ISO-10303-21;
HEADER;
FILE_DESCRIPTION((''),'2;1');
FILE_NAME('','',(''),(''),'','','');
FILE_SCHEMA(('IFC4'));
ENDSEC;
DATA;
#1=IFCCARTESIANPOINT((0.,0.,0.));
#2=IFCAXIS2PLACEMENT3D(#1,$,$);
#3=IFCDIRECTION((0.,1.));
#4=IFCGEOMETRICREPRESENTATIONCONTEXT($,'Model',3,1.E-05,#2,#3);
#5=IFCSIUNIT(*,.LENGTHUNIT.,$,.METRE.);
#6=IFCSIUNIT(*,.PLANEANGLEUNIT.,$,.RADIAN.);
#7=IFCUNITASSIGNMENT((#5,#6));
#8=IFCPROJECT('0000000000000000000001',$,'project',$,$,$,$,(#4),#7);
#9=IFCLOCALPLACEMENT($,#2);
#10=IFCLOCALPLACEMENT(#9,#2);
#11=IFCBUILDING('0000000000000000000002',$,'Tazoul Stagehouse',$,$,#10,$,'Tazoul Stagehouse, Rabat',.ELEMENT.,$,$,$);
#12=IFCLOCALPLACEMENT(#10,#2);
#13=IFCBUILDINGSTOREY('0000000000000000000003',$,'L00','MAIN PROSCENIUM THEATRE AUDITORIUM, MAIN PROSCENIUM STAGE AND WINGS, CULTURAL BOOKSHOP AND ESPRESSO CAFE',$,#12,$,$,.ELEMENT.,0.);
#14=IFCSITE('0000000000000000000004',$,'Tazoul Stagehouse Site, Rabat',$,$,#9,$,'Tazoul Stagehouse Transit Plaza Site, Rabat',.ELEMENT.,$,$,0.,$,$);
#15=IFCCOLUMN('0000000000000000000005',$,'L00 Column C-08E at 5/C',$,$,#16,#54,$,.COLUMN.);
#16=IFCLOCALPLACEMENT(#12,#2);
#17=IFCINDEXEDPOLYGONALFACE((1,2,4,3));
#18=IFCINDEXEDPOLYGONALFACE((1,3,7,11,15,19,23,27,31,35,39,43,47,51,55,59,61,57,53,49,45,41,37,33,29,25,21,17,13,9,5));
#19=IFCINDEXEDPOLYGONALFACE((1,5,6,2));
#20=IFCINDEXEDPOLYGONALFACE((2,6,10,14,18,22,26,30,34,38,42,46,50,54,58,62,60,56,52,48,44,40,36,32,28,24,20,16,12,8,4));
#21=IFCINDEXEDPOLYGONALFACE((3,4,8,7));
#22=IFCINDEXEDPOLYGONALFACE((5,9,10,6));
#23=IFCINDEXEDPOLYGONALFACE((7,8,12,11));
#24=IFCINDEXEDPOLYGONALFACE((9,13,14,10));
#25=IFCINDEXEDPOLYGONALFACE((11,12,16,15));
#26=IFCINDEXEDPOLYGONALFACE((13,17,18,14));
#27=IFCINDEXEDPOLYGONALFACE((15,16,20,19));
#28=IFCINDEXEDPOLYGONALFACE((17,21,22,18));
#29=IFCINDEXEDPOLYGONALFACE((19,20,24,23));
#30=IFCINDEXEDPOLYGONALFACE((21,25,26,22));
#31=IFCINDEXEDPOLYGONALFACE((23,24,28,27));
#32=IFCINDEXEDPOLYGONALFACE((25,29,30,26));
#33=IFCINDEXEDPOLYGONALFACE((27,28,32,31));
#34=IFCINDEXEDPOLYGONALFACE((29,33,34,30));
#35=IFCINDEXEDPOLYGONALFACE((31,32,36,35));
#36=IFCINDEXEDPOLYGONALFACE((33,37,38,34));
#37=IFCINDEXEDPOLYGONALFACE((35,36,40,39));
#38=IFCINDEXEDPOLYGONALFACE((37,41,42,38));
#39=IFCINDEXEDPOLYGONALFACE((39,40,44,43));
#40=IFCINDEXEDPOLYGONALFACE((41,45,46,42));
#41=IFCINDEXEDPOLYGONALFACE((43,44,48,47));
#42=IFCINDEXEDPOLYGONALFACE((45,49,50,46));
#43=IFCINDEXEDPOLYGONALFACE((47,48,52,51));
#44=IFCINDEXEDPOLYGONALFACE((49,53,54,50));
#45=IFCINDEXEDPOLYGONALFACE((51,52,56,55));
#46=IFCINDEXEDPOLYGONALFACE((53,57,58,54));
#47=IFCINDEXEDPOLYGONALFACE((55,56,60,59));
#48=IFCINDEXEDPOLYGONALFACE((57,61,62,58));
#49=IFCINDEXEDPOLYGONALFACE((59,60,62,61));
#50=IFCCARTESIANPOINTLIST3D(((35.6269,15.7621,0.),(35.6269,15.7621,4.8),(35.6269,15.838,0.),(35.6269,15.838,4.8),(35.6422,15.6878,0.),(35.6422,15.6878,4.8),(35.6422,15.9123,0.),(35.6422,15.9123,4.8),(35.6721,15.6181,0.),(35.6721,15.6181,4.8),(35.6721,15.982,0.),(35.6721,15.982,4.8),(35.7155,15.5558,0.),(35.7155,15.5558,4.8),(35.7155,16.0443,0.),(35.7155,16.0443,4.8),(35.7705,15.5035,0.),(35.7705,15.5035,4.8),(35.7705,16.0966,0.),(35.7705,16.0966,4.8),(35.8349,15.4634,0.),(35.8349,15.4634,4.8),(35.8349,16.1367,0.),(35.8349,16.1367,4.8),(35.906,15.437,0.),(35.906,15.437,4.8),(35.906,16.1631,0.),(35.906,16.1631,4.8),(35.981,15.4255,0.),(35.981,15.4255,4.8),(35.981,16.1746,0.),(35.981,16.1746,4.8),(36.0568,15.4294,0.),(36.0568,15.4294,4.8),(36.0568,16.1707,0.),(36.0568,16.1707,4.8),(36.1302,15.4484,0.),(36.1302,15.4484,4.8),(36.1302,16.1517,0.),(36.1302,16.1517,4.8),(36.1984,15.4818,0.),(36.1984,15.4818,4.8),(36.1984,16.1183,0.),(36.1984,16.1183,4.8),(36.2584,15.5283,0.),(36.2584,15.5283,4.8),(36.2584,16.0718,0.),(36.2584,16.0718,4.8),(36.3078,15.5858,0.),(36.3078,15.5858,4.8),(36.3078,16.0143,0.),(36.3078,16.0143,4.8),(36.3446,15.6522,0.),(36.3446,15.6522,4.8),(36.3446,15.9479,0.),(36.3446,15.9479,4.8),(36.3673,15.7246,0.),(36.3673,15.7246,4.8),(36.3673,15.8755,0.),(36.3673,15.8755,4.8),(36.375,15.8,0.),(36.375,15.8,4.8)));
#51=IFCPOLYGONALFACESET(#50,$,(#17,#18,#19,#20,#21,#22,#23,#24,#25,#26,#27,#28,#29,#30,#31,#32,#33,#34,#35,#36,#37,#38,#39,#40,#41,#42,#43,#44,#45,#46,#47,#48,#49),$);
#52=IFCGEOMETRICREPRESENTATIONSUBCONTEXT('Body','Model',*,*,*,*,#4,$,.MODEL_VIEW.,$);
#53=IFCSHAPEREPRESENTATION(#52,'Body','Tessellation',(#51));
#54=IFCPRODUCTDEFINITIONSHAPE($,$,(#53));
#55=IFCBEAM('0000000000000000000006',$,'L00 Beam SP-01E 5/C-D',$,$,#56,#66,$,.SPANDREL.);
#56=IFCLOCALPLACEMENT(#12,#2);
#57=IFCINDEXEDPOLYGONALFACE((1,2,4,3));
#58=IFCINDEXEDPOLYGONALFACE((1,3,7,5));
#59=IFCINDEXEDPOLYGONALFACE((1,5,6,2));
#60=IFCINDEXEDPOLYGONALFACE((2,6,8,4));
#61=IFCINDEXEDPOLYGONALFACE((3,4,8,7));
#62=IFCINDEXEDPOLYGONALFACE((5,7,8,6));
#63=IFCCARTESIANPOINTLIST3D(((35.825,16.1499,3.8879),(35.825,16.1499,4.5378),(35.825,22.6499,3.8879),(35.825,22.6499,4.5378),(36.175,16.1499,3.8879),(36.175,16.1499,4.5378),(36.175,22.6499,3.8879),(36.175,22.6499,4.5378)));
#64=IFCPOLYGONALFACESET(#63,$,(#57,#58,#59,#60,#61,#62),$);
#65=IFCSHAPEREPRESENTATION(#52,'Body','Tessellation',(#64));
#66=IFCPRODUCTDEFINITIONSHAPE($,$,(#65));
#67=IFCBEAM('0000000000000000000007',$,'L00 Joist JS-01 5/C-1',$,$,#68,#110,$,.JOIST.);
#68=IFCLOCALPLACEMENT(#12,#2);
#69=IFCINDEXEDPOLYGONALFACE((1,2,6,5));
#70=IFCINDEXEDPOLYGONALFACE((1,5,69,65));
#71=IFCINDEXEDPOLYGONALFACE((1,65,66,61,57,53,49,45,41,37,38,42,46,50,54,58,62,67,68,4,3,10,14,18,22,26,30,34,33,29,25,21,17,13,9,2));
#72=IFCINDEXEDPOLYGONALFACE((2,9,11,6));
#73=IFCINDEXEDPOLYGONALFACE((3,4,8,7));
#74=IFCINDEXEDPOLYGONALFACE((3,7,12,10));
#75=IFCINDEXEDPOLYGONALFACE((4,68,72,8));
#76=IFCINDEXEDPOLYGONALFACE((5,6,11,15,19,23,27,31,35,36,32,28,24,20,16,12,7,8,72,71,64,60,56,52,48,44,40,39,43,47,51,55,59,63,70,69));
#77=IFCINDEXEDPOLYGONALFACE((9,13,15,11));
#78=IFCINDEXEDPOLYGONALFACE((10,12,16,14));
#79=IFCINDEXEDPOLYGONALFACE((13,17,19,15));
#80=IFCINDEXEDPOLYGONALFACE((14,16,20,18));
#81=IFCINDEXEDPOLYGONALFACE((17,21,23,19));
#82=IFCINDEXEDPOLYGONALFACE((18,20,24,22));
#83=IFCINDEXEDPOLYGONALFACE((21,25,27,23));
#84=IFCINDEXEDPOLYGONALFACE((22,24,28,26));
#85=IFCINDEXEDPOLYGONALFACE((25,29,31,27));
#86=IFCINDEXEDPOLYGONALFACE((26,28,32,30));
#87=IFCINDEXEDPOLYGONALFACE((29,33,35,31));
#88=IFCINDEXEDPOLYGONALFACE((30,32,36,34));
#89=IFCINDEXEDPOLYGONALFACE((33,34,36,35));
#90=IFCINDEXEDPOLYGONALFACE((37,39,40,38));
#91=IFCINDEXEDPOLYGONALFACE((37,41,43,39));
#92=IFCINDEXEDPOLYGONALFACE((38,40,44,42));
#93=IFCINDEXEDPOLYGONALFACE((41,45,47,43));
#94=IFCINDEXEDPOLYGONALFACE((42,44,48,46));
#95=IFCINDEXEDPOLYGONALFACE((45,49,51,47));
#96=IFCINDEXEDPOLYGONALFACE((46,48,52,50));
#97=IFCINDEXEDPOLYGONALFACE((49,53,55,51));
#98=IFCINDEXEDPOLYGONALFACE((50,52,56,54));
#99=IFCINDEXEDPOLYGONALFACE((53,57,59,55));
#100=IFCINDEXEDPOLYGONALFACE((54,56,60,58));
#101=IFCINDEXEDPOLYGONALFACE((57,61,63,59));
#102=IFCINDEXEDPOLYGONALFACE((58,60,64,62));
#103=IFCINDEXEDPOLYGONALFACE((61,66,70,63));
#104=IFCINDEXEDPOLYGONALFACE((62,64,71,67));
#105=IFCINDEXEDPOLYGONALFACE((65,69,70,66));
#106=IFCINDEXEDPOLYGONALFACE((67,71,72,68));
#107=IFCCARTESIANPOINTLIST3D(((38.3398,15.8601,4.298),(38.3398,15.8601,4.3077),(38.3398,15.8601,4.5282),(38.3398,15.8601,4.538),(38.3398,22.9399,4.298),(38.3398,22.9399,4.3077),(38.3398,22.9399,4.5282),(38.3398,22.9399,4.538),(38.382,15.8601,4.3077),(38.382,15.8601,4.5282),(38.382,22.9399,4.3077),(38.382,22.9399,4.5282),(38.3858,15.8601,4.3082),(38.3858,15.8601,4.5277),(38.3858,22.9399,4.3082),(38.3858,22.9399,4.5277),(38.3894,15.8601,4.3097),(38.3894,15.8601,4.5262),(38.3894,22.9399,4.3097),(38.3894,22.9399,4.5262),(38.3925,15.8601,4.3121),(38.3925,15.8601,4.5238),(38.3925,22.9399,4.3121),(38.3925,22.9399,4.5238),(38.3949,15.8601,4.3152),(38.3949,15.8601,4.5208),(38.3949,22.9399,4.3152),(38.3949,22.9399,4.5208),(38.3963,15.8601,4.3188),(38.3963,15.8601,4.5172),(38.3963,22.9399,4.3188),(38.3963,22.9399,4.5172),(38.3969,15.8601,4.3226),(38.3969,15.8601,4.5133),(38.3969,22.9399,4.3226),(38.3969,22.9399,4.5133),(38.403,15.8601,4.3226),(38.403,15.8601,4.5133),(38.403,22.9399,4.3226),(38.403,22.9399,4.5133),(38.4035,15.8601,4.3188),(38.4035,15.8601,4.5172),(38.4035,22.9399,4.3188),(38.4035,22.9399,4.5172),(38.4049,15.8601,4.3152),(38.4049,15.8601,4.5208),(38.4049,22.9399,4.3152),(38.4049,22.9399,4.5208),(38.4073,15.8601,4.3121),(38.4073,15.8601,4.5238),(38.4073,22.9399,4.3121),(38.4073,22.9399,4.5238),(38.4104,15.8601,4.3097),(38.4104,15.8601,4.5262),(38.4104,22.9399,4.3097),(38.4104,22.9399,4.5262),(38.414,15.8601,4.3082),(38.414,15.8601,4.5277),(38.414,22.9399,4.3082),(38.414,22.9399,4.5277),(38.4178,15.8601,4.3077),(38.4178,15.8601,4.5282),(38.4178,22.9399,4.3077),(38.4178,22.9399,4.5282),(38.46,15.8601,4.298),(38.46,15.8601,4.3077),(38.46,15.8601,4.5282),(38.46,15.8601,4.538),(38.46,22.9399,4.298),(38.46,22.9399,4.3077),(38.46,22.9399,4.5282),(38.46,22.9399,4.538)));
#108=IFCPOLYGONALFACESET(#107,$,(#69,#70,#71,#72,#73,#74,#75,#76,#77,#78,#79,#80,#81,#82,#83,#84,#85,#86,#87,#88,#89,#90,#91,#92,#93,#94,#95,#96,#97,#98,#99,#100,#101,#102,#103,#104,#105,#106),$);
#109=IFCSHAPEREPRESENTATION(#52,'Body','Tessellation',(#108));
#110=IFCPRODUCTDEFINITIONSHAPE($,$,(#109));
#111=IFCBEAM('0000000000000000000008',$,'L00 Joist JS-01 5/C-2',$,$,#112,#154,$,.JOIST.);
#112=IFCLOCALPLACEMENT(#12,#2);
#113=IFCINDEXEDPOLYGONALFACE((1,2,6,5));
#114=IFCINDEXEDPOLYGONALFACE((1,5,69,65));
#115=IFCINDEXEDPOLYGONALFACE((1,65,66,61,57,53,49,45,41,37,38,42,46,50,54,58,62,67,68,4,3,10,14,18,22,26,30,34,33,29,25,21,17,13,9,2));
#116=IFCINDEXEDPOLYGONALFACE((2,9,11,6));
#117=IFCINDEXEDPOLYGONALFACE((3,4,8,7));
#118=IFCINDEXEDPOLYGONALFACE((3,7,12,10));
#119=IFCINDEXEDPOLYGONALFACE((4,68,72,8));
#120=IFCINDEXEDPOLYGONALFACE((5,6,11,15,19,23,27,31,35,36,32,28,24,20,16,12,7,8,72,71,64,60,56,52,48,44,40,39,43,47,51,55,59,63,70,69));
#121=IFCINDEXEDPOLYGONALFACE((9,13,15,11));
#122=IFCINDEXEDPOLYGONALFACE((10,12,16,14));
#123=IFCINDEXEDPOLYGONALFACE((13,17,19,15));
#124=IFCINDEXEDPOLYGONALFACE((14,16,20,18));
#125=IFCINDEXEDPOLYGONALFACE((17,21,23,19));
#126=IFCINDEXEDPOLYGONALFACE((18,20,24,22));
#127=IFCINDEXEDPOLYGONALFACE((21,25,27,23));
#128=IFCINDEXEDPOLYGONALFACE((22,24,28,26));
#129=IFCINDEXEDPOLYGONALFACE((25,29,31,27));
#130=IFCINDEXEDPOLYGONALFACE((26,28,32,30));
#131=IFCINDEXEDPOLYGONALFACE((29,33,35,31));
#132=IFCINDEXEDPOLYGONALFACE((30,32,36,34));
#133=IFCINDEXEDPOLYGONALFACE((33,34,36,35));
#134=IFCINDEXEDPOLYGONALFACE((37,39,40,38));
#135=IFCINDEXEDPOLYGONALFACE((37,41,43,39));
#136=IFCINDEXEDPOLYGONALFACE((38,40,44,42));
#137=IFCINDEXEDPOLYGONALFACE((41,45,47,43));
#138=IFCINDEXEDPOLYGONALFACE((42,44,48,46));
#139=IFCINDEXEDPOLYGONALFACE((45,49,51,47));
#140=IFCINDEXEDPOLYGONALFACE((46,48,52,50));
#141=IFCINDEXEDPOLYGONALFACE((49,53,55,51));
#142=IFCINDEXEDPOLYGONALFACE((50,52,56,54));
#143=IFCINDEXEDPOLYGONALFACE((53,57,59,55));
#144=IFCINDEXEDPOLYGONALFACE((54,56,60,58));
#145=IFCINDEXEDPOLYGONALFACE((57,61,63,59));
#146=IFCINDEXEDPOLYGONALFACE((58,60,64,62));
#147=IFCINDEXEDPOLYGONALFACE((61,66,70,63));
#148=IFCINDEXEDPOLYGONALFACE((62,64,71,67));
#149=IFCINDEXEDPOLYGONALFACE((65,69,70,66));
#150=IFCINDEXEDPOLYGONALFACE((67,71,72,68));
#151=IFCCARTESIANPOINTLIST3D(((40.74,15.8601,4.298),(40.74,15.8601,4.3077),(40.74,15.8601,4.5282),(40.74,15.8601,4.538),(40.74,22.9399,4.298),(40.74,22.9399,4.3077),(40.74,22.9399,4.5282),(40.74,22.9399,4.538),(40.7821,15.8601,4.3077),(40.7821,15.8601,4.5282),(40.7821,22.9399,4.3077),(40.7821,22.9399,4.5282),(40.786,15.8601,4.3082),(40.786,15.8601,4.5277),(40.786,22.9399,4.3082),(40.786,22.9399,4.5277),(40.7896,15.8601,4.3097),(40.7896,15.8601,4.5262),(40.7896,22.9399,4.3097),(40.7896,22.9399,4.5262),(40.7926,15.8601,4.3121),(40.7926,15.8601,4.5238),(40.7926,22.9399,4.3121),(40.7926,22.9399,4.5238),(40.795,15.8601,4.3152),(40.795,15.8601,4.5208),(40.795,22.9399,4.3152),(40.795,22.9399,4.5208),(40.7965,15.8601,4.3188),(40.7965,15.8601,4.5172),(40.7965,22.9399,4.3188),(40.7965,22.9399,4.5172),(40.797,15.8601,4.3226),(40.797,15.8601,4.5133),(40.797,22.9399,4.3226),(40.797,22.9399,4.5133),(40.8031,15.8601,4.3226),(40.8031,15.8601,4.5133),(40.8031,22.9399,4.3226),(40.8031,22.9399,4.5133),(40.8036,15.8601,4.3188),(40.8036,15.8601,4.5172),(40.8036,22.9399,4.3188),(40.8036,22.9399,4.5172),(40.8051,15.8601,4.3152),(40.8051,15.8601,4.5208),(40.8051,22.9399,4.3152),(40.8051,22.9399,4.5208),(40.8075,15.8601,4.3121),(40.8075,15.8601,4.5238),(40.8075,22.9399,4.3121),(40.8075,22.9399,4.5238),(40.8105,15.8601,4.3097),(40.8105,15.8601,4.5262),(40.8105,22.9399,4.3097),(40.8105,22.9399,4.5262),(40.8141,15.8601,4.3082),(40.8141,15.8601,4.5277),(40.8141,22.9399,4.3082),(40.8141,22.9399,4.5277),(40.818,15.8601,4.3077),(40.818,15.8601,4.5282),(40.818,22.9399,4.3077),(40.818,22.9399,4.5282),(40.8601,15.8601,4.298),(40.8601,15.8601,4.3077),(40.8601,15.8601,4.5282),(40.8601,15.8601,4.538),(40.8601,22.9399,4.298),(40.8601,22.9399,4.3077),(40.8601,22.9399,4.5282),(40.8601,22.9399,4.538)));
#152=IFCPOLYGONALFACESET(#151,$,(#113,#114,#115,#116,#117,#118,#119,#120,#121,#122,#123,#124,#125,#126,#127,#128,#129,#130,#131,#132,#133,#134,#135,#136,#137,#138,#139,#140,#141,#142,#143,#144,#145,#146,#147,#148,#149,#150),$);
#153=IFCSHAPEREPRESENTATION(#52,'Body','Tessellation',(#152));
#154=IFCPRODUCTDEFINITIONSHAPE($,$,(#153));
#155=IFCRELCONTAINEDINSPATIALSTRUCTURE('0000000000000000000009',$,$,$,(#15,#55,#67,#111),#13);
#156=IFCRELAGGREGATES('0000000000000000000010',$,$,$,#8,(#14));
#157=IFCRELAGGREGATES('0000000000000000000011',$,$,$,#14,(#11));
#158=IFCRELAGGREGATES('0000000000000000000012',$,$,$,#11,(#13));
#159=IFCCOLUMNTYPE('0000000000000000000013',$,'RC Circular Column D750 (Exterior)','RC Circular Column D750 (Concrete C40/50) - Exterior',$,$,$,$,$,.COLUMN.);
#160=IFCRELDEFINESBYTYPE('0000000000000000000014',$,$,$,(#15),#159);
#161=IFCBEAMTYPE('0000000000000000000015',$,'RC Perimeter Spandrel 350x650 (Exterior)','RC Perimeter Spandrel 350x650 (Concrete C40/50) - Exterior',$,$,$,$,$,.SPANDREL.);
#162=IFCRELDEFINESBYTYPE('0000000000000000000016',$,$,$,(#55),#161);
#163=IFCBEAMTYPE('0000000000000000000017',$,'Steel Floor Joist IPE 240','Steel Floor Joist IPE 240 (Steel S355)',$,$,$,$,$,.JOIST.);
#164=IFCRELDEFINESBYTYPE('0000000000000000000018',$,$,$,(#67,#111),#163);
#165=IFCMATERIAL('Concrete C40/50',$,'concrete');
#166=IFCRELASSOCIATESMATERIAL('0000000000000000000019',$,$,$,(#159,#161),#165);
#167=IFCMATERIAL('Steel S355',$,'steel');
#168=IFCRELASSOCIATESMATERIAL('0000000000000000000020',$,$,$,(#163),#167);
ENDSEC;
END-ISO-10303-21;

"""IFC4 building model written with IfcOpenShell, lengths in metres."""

from ifc_helpers import new_model, si_unit, direction, frame, origin, origin_2d, place, context, subcontext, project, spatial, rectangle, circle, i_section, extrude, material, material_profile, profile_set, type_object, element, save


model = new_model("IFC4")

# Units and contexts
model_context = context("Model", 3, precision=1e-05, world=origin(), true_north=direction((0.0, 1.0)))
body_context = subcontext(model_context, "Body", "Model", "MODEL_VIEW")
ifc_project = project(units=[si_unit("LENGTHUNIT", "METRE"), si_unit("PLANEANGLEUNIT", "RADIAN")], contexts=[model_context])

# Site, building, storey
site_placement = place(None, origin())
site = spatial("IfcSite", under=ifc_project, at=site_placement, Name="Tazoul Stagehouse Site, Rabat", LongName="Tazoul Stagehouse Transit Plaza Site, Rabat", CompositionType="ELEMENT", RefElevation=0.0)
building_placement = place(site_placement, origin())
building = spatial("IfcBuilding", under=site, at=building_placement, Name="Tazoul Stagehouse", LongName="Tazoul Stagehouse, Rabat", CompositionType="ELEMENT")
storey_placement = place(building_placement, origin())
storey = spatial("IfcBuildingStorey", under=building, at=storey_placement, Name="L00", Description="MAIN PROSCENIUM THEATRE AUDITORIUM, MAIN PROSCENIUM STAGE AND WINGS, CULTURAL BOOKSHOP AND ESPRESSO CAFE", CompositionType="ELEMENT", Elevation=0.0)

# Column
ifc_material_1 = material(Name="Concrete C40/50", Category="concrete")
ifc_material_profile_1 = material_profile(ifc_material_1, circle(Radius=0.375, at=origin_2d()), Name="RC D750")
ifc_profile_set_1 = profile_set([ifc_material_profile_1], Name="Concrete C40/50")
column_type = type_object("IfcColumnType", Name="RC Circular Column D750 (Exterior)", Description="RC Circular Column D750 (Concrete C40/50) - Exterior", PredefinedType="COLUMN", material=ifc_profile_set_1)
column_placement = place(storey_placement, frame((36.0, 15.8, 0.0), z_axis=(0.0, 0.0, 1.0), x_axis=(1.0, 0.0, 0.0)))
element("IfcColumn", 1, at=column_placement, inside=storey, type_object=column_type, Name="L00 Column C-08E at 5/C", PredefinedType="COLUMN", context=body_context, shape_type="SweptSolid", body=[
    extrude(circle(Radius=0.375, at=origin_2d()), origin(), (0.0, 0.0, 1.0), 4.8),
])

# Beams
ifc_material_profile_2 = material_profile(ifc_material_1, rectangle(XDim=0.3501, YDim=0.6499, at=origin_2d()), Name="RC 350x650")
ifc_profile_set_2 = profile_set([ifc_material_profile_2], Name="Concrete C40/50")
beam_type_1 = type_object("IfcBeamType", Name="RC Perimeter Spandrel 350x650 (Exterior)", Description="RC Perimeter Spandrel 350x650 (Concrete C40/50) - Exterior", PredefinedType="SPANDREL", material=ifc_profile_set_2)
beam_1_placement = place(storey_placement, frame((36.0, 16.1499, 4.2129), z_axis=(0.0, 1.0, 0.0), x_axis=(-1.0, 0.0, 0.0)))
element("IfcBeam", 2, at=beam_1_placement, inside=storey, type_object=beam_type_1, Name="L00 Beam SP-01E 5/C-D", PredefinedType="SPANDREL", context=body_context, shape_type="SweptSolid", body=[
    extrude(rectangle(XDim=0.3501, YDim=0.6499, at=origin_2d()), origin(), (0.0, 0.0, 1.0), 6.5),
])
ifc_material_2 = material(Name="Steel S355", Category="steel")
ifc_material_profile_3 = material_profile(ifc_material_2, i_section(OverallWidth=0.1201, OverallDepth=0.24, WebThickness=0.0061, FlangeThickness=0.0098, FilletRadius=0.0149, at=origin_2d()), Name="IPE 240")
ifc_profile_set_3 = profile_set([ifc_material_profile_3], Name="Steel S355")
beam_type_2 = type_object("IfcBeamType", Name="Steel Floor Joist IPE 240", Description="Steel Floor Joist IPE 240 (Steel S355)", PredefinedType="JOIST", material=ifc_profile_set_3)
for number, where, z_axis, x_axis, name in (
    (3, (38.3999, 15.8601, 4.418), (0.0, 1.0, 0.0), (-1.0, 0.0, 0.0), "L00 Joist JS-01 5/C-1"),
    (4, (40.8, 15.8601, 4.418), (0.0, 1.0, 0.0), (-1.0, 0.0, 0.0), "L00 Joist JS-01 5/C-2"),
):
    element("IfcBeam", number, at=place(storey_placement, frame(where, z_axis=z_axis, x_axis=x_axis)), inside=storey, type_object=beam_type_2, Name=name, PredefinedType="JOIST", context=body_context, shape_type="SweptSolid", body=[
        extrude(i_section(OverallWidth=0.1201, OverallDepth=0.24, WebThickness=0.0061, FlangeThickness=0.0098, FilletRadius=0.0149, at=origin_2d()), origin(), (0.0, 0.0, 1.0), 7.0798),
    ])

save(model, "model.ifc")
